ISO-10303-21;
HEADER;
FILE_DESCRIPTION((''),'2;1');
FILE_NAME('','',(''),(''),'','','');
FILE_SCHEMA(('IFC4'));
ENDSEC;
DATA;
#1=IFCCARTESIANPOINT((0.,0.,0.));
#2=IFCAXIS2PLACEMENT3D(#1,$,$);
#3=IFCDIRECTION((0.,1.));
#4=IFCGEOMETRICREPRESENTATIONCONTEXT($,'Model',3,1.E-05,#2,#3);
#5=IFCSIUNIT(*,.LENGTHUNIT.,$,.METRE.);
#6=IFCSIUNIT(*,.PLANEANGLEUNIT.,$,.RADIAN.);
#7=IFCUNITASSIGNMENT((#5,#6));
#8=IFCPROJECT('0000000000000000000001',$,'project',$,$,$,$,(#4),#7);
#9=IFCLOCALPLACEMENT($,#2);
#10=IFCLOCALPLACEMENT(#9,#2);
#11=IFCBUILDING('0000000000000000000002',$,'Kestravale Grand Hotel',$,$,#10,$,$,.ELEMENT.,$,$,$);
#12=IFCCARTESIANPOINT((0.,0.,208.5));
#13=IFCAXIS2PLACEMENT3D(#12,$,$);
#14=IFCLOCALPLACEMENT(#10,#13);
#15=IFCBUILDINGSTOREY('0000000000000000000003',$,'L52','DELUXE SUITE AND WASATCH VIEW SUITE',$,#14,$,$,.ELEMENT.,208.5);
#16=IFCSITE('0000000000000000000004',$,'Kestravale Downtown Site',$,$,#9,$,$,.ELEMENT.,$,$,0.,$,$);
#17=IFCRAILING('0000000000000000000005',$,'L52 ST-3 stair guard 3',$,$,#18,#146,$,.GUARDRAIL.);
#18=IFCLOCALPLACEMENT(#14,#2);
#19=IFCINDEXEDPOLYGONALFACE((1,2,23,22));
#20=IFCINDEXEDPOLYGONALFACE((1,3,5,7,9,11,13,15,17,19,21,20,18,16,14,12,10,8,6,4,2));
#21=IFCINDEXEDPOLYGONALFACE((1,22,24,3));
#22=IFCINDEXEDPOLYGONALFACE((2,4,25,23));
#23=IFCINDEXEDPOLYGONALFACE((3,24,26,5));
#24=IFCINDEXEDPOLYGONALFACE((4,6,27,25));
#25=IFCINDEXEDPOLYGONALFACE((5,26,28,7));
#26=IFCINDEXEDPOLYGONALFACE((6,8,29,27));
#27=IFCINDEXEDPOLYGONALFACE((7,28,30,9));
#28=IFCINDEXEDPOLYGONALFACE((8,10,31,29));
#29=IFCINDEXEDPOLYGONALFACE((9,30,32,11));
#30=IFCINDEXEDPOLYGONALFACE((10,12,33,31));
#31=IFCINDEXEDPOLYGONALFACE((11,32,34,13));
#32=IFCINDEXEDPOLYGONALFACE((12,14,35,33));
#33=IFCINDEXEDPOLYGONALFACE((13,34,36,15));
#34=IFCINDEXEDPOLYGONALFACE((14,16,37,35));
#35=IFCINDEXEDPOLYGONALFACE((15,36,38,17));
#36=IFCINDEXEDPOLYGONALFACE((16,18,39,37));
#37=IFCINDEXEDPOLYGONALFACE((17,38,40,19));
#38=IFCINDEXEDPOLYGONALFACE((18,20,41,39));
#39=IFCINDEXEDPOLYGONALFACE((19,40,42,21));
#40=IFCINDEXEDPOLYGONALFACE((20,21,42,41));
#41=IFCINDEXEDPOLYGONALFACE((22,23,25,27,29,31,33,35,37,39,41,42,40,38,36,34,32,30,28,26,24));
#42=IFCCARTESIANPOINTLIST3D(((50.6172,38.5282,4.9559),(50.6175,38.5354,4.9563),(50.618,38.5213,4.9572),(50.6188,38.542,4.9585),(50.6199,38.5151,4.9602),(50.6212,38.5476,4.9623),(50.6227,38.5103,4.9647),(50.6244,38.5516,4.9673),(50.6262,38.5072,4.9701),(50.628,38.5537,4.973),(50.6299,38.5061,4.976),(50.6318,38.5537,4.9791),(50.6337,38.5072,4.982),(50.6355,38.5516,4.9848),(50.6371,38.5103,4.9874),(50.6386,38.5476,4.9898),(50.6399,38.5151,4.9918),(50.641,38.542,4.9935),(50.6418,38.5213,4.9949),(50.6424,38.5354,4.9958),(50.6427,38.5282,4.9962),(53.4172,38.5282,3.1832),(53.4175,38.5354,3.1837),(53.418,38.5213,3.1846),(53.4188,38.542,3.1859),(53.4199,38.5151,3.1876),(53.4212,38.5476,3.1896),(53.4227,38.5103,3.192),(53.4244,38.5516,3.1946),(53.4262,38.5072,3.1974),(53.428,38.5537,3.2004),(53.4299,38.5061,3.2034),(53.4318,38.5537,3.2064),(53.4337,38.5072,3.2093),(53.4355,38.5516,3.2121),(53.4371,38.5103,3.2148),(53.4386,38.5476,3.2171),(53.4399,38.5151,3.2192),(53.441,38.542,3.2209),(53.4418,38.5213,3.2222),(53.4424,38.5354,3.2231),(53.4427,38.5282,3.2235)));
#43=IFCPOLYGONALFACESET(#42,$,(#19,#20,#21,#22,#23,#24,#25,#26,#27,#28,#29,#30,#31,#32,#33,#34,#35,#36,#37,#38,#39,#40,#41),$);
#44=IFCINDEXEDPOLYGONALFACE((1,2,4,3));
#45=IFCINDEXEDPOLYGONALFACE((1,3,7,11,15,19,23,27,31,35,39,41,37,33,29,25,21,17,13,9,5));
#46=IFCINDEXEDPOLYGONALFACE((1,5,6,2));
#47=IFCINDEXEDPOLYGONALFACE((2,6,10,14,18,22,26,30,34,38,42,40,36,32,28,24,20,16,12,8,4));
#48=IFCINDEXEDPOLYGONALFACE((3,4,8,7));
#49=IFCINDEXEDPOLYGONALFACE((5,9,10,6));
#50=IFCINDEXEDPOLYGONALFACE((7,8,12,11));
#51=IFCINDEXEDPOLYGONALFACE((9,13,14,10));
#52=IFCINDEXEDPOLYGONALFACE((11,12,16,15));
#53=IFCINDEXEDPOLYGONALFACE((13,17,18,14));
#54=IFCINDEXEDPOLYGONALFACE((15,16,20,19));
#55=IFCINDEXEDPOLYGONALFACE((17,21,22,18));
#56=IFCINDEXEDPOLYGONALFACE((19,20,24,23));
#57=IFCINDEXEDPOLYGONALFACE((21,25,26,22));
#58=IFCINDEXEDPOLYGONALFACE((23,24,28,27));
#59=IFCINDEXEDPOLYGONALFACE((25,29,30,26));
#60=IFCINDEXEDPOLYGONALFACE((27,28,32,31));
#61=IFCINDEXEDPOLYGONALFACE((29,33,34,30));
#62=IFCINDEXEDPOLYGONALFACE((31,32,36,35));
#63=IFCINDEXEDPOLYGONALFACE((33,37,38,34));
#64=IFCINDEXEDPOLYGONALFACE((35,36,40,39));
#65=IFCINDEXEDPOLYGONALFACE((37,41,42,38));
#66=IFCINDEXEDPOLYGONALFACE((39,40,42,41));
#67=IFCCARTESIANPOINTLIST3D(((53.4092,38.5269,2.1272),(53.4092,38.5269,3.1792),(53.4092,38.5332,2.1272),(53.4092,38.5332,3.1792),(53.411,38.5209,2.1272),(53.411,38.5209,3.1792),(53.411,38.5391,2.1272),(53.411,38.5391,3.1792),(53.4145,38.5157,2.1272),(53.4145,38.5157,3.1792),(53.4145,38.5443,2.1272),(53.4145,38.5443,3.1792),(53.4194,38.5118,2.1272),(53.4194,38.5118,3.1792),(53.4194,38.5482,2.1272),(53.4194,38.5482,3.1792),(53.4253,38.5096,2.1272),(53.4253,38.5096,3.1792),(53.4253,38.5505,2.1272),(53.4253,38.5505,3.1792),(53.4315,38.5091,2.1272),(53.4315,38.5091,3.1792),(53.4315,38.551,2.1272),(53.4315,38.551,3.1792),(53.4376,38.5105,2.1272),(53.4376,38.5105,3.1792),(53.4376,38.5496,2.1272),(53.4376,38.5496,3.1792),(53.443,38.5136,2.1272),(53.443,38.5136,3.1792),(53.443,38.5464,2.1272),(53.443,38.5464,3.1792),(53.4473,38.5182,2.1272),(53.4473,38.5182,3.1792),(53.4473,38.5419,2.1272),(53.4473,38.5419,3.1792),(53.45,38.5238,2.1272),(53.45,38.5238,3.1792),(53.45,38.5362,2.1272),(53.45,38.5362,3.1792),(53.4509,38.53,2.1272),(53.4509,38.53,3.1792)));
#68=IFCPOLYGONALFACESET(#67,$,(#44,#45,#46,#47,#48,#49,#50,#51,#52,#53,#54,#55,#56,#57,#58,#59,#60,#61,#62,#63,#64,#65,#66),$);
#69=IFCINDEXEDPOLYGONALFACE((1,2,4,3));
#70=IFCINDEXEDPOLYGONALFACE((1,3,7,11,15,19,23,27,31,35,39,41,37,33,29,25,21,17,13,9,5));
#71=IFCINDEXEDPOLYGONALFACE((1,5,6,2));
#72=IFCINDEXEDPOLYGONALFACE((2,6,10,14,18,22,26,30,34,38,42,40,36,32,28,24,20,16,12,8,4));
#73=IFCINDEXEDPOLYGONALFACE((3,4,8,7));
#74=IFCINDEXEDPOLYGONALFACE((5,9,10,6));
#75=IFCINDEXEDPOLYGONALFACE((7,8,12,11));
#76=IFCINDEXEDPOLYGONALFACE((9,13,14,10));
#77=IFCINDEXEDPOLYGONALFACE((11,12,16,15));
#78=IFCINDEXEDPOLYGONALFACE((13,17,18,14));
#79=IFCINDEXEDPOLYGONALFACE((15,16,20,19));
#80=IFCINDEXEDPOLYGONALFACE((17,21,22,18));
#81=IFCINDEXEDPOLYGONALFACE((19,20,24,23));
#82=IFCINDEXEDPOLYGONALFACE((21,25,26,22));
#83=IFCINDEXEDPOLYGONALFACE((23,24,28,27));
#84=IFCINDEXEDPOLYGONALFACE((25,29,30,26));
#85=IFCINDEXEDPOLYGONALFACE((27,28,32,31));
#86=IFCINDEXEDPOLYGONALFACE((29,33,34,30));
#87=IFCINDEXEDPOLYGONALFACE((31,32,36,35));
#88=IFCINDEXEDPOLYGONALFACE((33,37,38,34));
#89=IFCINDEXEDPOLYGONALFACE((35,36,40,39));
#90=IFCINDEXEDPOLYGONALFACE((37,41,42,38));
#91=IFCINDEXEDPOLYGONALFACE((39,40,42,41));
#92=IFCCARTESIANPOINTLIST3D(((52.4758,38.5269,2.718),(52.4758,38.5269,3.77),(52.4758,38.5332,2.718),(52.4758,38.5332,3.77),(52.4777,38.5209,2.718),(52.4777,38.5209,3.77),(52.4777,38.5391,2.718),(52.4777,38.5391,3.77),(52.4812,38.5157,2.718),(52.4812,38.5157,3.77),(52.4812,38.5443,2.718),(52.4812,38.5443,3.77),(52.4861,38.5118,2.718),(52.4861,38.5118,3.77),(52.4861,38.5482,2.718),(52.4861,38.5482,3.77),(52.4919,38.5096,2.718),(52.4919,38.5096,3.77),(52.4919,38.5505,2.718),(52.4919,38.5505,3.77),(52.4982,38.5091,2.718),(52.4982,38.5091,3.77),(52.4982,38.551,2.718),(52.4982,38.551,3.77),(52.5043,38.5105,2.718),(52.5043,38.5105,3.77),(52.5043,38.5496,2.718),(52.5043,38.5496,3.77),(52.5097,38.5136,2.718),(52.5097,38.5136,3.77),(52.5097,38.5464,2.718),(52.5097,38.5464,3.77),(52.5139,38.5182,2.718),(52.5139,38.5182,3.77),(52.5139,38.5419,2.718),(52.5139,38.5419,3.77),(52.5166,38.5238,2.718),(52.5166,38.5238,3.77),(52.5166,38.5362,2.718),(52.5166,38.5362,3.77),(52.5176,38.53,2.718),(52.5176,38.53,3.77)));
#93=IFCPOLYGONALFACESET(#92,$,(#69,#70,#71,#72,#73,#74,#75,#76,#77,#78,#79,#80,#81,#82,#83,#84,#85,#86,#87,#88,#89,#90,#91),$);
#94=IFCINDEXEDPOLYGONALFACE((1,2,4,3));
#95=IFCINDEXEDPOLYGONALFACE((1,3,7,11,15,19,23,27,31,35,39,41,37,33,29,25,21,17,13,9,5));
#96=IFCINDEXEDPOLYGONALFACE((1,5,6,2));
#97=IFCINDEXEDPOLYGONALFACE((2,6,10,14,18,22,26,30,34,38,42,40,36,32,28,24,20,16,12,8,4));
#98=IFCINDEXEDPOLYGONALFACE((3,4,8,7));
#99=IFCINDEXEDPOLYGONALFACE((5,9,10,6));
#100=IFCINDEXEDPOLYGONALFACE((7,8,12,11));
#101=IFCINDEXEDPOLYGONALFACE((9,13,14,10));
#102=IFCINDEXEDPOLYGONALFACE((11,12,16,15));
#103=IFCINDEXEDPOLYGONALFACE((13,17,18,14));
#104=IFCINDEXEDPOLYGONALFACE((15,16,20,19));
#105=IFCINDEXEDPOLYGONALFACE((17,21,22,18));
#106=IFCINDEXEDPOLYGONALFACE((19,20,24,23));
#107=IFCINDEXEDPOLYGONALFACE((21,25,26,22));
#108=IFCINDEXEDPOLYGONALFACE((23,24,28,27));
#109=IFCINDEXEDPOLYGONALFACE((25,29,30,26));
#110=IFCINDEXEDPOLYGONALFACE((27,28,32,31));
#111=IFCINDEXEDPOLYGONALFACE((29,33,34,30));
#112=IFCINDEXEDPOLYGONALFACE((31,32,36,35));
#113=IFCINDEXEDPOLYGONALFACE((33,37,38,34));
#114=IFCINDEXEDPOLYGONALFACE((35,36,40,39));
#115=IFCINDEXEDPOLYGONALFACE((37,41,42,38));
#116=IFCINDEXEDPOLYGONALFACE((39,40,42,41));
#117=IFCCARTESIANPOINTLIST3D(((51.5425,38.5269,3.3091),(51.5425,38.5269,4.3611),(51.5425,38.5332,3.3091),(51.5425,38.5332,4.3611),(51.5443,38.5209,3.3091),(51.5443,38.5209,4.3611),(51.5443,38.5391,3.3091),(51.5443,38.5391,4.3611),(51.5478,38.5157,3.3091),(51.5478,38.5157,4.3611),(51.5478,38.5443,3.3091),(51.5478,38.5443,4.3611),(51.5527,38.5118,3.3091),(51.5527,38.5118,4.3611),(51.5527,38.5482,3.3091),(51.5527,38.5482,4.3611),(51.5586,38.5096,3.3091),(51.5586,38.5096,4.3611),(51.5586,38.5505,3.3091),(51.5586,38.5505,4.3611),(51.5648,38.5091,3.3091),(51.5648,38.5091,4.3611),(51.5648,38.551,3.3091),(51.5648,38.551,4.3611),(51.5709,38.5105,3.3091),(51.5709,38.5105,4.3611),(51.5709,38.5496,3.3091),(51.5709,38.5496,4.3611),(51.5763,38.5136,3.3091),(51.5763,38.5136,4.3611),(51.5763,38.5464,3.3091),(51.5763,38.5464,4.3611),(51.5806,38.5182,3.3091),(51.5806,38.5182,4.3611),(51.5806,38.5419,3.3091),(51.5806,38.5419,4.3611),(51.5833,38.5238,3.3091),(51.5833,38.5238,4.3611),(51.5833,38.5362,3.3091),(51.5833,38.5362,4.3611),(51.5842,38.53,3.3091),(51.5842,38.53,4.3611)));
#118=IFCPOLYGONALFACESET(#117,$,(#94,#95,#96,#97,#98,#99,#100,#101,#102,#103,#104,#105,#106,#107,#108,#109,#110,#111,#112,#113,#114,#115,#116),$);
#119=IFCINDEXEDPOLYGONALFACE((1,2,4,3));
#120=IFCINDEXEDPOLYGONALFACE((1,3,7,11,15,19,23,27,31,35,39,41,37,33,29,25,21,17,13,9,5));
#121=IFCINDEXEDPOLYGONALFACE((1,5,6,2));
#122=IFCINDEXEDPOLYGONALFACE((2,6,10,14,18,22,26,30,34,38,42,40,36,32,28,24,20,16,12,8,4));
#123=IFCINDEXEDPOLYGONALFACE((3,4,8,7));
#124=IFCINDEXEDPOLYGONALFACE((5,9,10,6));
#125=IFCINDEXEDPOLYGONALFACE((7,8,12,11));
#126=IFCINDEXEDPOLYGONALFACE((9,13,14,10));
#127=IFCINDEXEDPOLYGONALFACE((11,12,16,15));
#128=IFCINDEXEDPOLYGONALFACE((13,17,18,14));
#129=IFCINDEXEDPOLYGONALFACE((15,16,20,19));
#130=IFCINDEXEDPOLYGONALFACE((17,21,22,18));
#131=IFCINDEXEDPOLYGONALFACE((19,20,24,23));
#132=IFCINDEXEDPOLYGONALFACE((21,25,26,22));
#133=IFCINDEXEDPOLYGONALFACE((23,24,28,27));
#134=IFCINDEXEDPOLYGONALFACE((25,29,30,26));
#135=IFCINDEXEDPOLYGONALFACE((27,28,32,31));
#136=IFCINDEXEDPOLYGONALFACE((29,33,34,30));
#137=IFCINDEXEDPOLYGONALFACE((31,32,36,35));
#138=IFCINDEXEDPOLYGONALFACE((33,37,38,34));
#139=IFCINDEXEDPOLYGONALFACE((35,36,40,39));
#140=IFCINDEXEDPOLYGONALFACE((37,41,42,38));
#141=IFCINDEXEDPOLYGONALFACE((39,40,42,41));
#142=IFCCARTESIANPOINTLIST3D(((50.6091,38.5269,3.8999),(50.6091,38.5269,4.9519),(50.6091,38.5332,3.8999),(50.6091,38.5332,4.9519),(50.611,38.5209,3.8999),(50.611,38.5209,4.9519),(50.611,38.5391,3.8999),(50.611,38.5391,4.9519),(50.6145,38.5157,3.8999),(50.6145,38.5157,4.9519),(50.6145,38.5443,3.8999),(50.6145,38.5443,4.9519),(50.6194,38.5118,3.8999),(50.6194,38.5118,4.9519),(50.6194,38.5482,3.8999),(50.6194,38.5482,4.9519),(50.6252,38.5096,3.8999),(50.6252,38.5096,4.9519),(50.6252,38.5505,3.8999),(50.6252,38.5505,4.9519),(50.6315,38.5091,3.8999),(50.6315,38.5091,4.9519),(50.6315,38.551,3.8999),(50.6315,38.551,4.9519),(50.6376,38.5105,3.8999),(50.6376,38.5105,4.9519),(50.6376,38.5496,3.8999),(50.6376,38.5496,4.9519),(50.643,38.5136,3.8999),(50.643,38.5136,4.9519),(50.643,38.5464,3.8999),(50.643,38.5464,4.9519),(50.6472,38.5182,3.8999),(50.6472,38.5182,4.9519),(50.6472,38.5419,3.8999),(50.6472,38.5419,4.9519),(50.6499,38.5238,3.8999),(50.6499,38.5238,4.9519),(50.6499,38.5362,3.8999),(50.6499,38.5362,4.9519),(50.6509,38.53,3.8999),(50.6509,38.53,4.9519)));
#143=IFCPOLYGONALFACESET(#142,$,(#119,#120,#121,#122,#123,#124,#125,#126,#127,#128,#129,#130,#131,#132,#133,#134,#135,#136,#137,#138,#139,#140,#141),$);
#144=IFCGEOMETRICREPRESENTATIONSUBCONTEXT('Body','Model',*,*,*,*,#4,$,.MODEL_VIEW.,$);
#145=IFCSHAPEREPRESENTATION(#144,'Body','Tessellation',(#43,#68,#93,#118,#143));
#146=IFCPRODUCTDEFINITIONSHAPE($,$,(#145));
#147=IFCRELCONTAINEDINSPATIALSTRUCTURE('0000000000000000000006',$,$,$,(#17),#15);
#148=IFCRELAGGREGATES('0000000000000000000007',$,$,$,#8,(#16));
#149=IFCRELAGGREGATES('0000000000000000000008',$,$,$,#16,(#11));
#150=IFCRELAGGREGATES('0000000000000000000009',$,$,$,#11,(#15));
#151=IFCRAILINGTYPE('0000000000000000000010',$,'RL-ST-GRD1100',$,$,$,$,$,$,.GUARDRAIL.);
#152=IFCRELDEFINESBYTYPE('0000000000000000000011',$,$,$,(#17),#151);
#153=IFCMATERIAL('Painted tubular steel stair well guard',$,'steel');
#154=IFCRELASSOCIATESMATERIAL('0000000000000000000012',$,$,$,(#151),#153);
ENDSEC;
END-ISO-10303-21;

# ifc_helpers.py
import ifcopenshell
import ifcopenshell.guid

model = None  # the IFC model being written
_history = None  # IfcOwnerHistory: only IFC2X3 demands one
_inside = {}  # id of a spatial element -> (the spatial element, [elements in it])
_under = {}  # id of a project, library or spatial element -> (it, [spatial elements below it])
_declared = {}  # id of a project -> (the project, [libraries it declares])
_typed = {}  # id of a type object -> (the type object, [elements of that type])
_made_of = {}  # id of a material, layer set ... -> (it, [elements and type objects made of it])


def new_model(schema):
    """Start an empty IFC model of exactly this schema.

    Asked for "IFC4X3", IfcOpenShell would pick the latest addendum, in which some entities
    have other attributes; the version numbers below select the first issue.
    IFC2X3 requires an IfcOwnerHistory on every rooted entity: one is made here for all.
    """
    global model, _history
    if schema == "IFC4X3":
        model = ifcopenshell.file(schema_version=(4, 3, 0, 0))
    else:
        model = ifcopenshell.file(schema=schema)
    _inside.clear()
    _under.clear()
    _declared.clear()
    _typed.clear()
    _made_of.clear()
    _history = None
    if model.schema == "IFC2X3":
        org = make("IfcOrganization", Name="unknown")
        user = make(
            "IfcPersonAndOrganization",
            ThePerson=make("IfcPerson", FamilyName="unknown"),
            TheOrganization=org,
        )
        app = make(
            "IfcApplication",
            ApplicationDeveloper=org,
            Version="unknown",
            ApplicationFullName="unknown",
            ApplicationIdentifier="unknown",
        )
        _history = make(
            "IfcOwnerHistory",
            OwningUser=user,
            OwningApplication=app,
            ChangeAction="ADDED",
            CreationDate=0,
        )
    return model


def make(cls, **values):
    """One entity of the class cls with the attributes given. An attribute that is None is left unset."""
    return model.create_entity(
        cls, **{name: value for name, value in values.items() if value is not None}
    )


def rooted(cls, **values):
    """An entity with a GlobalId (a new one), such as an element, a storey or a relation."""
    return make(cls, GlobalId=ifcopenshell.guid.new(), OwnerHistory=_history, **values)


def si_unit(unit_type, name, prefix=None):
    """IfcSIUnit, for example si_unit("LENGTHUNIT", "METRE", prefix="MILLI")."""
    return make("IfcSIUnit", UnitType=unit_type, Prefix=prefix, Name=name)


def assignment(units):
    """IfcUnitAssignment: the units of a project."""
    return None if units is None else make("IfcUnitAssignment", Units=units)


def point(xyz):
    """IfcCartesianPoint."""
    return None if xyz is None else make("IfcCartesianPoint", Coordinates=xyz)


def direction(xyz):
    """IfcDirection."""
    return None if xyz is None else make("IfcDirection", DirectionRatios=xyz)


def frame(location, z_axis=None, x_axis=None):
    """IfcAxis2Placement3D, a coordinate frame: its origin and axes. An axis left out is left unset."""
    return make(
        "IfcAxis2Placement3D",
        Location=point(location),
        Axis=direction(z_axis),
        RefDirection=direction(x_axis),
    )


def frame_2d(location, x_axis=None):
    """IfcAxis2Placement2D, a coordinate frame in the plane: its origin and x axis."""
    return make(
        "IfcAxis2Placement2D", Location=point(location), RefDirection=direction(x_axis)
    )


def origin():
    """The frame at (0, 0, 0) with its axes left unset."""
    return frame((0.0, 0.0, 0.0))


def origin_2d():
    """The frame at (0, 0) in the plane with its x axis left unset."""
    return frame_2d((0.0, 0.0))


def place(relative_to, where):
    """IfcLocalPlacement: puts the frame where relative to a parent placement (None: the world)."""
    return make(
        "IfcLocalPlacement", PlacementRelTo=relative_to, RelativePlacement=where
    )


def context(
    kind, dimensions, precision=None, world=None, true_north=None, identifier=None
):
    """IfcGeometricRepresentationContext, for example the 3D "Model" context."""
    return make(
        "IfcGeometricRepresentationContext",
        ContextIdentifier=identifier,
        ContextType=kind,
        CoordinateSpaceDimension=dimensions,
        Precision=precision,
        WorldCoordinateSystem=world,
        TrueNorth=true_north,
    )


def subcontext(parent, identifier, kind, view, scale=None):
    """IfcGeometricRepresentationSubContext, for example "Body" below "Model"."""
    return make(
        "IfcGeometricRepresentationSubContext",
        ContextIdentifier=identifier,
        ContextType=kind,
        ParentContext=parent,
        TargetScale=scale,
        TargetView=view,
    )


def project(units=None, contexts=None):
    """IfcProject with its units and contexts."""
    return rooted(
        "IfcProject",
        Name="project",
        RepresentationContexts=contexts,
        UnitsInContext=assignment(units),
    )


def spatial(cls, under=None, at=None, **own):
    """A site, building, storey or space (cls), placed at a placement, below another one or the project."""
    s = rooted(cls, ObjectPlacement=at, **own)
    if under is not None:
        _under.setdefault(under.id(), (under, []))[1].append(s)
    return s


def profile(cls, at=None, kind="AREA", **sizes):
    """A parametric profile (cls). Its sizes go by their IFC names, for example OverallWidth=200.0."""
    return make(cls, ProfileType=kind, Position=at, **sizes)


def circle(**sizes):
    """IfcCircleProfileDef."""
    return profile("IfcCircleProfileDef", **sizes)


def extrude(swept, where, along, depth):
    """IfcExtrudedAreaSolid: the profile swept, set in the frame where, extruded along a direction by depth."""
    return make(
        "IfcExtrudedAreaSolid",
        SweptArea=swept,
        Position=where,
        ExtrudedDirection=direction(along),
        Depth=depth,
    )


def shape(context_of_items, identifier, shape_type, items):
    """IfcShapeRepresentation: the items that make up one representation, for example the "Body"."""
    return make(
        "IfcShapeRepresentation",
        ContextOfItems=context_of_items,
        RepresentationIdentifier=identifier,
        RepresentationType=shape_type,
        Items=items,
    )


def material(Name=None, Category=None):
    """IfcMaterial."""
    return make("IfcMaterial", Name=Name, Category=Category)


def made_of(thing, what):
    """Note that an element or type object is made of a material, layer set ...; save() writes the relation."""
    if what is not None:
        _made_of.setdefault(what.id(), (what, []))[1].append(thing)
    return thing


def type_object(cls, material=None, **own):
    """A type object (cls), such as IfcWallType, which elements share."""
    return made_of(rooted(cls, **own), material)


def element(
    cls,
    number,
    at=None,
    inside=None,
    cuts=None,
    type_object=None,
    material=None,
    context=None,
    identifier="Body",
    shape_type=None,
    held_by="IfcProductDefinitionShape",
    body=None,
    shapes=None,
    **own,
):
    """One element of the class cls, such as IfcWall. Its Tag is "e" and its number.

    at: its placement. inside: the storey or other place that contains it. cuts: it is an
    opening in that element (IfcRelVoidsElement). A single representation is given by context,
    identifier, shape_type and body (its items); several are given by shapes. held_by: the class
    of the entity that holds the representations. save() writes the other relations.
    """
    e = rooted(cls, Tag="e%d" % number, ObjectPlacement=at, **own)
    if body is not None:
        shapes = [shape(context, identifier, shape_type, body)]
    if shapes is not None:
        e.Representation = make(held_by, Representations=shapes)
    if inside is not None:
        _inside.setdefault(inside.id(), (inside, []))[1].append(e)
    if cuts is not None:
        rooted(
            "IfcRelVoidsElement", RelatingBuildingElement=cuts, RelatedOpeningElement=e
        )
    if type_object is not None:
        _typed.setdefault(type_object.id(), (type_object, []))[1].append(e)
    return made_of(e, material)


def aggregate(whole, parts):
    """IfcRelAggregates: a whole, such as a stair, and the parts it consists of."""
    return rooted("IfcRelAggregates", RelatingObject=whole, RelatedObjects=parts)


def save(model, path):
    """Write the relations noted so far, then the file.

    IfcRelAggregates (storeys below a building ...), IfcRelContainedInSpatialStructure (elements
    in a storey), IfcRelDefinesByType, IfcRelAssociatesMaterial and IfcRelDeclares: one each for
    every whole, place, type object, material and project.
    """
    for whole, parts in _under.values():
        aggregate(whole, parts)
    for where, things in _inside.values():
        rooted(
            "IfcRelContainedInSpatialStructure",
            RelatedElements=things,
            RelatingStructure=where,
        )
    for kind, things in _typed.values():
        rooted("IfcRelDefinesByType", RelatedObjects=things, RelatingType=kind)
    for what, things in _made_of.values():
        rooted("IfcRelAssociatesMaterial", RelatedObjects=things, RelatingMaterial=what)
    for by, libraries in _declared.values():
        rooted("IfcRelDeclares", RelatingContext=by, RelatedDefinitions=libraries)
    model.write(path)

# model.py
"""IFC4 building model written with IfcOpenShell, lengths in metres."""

from ifc_helpers import new_model, si_unit, direction, frame, origin, origin_2d, place, context, subcontext, project, spatial, circle, extrude, material, type_object, element, save


model = new_model("IFC4")

# Units and contexts
model_context = context("Model", 3, precision=1e-05, world=origin(), true_north=direction((0.0, 1.0)))
body_context = subcontext(model_context, "Body", "Model", "MODEL_VIEW")
ifc_project = project(units=[si_unit("LENGTHUNIT", "METRE"), si_unit("PLANEANGLEUNIT", "RADIAN")], contexts=[model_context])

# Site, building, storey
site_placement = place(None, origin())
site = spatial("IfcSite", under=ifc_project, at=site_placement, Name="Kestravale Downtown Site", CompositionType="ELEMENT", RefElevation=0.0)
building_placement = place(site_placement, origin())
building = spatial("IfcBuilding", under=site, at=building_placement, Name="Kestravale Grand Hotel", CompositionType="ELEMENT")
storey_placement = place(building_placement, frame((0.0, 0.0, 208.5)))
storey = spatial("IfcBuildingStorey", under=building, at=storey_placement, Name="L52", Description="DELUXE SUITE AND WASATCH VIEW SUITE", CompositionType="ELEMENT", Elevation=208.5)

# Railing
ifc_material_1 = material(Name="Painted tubular steel stair well guard", Category="steel")
railing_type_1 = type_object("IfcRailingType", Name="RL-ST-GRD1100", PredefinedType="GUARDRAIL", material=ifc_material_1)
railing_1_placement = place(storey_placement, frame((53.4299, 38.53, 2.1272)))
element("IfcRailing", 1, at=railing_1_placement, inside=storey, type_object=railing_type_1, Name="L52 ST-3 stair guard 3", PredefinedType="GUARDRAIL", context=body_context, shape_type="SweptSolid", body=[
    extrude(circle(Radius=0.0239, at=origin_2d()), frame((0.0, 0.0, 1.0762), z_axis=(-0.844909, 0.0, 0.53491), x_axis=(0.0, -1.0, 0.0)), (0.0, 0.0, 1.0), 3.314),
    extrude(circle(Radius=0.021, at=origin_2d()), origin(), (0.0, 0.0, 1.0), 1.052),
    extrude(circle(Radius=0.021, at=origin_2d()), frame((-0.9333, 0.0, 0.5908)), (0.0, 0.0, 1.0), 1.052),
    extrude(circle(Radius=0.021, at=origin_2d()), frame((-1.8667, 0.0, 1.1819)), (0.0, 0.0, 1.0), 1.052),
    extrude(circle(Radius=0.021, at=origin_2d()), frame((-2.8, 0.0, 1.7727)), (0.0, 0.0, 1.0), 1.052),
])

save(model, "model.ifc")
